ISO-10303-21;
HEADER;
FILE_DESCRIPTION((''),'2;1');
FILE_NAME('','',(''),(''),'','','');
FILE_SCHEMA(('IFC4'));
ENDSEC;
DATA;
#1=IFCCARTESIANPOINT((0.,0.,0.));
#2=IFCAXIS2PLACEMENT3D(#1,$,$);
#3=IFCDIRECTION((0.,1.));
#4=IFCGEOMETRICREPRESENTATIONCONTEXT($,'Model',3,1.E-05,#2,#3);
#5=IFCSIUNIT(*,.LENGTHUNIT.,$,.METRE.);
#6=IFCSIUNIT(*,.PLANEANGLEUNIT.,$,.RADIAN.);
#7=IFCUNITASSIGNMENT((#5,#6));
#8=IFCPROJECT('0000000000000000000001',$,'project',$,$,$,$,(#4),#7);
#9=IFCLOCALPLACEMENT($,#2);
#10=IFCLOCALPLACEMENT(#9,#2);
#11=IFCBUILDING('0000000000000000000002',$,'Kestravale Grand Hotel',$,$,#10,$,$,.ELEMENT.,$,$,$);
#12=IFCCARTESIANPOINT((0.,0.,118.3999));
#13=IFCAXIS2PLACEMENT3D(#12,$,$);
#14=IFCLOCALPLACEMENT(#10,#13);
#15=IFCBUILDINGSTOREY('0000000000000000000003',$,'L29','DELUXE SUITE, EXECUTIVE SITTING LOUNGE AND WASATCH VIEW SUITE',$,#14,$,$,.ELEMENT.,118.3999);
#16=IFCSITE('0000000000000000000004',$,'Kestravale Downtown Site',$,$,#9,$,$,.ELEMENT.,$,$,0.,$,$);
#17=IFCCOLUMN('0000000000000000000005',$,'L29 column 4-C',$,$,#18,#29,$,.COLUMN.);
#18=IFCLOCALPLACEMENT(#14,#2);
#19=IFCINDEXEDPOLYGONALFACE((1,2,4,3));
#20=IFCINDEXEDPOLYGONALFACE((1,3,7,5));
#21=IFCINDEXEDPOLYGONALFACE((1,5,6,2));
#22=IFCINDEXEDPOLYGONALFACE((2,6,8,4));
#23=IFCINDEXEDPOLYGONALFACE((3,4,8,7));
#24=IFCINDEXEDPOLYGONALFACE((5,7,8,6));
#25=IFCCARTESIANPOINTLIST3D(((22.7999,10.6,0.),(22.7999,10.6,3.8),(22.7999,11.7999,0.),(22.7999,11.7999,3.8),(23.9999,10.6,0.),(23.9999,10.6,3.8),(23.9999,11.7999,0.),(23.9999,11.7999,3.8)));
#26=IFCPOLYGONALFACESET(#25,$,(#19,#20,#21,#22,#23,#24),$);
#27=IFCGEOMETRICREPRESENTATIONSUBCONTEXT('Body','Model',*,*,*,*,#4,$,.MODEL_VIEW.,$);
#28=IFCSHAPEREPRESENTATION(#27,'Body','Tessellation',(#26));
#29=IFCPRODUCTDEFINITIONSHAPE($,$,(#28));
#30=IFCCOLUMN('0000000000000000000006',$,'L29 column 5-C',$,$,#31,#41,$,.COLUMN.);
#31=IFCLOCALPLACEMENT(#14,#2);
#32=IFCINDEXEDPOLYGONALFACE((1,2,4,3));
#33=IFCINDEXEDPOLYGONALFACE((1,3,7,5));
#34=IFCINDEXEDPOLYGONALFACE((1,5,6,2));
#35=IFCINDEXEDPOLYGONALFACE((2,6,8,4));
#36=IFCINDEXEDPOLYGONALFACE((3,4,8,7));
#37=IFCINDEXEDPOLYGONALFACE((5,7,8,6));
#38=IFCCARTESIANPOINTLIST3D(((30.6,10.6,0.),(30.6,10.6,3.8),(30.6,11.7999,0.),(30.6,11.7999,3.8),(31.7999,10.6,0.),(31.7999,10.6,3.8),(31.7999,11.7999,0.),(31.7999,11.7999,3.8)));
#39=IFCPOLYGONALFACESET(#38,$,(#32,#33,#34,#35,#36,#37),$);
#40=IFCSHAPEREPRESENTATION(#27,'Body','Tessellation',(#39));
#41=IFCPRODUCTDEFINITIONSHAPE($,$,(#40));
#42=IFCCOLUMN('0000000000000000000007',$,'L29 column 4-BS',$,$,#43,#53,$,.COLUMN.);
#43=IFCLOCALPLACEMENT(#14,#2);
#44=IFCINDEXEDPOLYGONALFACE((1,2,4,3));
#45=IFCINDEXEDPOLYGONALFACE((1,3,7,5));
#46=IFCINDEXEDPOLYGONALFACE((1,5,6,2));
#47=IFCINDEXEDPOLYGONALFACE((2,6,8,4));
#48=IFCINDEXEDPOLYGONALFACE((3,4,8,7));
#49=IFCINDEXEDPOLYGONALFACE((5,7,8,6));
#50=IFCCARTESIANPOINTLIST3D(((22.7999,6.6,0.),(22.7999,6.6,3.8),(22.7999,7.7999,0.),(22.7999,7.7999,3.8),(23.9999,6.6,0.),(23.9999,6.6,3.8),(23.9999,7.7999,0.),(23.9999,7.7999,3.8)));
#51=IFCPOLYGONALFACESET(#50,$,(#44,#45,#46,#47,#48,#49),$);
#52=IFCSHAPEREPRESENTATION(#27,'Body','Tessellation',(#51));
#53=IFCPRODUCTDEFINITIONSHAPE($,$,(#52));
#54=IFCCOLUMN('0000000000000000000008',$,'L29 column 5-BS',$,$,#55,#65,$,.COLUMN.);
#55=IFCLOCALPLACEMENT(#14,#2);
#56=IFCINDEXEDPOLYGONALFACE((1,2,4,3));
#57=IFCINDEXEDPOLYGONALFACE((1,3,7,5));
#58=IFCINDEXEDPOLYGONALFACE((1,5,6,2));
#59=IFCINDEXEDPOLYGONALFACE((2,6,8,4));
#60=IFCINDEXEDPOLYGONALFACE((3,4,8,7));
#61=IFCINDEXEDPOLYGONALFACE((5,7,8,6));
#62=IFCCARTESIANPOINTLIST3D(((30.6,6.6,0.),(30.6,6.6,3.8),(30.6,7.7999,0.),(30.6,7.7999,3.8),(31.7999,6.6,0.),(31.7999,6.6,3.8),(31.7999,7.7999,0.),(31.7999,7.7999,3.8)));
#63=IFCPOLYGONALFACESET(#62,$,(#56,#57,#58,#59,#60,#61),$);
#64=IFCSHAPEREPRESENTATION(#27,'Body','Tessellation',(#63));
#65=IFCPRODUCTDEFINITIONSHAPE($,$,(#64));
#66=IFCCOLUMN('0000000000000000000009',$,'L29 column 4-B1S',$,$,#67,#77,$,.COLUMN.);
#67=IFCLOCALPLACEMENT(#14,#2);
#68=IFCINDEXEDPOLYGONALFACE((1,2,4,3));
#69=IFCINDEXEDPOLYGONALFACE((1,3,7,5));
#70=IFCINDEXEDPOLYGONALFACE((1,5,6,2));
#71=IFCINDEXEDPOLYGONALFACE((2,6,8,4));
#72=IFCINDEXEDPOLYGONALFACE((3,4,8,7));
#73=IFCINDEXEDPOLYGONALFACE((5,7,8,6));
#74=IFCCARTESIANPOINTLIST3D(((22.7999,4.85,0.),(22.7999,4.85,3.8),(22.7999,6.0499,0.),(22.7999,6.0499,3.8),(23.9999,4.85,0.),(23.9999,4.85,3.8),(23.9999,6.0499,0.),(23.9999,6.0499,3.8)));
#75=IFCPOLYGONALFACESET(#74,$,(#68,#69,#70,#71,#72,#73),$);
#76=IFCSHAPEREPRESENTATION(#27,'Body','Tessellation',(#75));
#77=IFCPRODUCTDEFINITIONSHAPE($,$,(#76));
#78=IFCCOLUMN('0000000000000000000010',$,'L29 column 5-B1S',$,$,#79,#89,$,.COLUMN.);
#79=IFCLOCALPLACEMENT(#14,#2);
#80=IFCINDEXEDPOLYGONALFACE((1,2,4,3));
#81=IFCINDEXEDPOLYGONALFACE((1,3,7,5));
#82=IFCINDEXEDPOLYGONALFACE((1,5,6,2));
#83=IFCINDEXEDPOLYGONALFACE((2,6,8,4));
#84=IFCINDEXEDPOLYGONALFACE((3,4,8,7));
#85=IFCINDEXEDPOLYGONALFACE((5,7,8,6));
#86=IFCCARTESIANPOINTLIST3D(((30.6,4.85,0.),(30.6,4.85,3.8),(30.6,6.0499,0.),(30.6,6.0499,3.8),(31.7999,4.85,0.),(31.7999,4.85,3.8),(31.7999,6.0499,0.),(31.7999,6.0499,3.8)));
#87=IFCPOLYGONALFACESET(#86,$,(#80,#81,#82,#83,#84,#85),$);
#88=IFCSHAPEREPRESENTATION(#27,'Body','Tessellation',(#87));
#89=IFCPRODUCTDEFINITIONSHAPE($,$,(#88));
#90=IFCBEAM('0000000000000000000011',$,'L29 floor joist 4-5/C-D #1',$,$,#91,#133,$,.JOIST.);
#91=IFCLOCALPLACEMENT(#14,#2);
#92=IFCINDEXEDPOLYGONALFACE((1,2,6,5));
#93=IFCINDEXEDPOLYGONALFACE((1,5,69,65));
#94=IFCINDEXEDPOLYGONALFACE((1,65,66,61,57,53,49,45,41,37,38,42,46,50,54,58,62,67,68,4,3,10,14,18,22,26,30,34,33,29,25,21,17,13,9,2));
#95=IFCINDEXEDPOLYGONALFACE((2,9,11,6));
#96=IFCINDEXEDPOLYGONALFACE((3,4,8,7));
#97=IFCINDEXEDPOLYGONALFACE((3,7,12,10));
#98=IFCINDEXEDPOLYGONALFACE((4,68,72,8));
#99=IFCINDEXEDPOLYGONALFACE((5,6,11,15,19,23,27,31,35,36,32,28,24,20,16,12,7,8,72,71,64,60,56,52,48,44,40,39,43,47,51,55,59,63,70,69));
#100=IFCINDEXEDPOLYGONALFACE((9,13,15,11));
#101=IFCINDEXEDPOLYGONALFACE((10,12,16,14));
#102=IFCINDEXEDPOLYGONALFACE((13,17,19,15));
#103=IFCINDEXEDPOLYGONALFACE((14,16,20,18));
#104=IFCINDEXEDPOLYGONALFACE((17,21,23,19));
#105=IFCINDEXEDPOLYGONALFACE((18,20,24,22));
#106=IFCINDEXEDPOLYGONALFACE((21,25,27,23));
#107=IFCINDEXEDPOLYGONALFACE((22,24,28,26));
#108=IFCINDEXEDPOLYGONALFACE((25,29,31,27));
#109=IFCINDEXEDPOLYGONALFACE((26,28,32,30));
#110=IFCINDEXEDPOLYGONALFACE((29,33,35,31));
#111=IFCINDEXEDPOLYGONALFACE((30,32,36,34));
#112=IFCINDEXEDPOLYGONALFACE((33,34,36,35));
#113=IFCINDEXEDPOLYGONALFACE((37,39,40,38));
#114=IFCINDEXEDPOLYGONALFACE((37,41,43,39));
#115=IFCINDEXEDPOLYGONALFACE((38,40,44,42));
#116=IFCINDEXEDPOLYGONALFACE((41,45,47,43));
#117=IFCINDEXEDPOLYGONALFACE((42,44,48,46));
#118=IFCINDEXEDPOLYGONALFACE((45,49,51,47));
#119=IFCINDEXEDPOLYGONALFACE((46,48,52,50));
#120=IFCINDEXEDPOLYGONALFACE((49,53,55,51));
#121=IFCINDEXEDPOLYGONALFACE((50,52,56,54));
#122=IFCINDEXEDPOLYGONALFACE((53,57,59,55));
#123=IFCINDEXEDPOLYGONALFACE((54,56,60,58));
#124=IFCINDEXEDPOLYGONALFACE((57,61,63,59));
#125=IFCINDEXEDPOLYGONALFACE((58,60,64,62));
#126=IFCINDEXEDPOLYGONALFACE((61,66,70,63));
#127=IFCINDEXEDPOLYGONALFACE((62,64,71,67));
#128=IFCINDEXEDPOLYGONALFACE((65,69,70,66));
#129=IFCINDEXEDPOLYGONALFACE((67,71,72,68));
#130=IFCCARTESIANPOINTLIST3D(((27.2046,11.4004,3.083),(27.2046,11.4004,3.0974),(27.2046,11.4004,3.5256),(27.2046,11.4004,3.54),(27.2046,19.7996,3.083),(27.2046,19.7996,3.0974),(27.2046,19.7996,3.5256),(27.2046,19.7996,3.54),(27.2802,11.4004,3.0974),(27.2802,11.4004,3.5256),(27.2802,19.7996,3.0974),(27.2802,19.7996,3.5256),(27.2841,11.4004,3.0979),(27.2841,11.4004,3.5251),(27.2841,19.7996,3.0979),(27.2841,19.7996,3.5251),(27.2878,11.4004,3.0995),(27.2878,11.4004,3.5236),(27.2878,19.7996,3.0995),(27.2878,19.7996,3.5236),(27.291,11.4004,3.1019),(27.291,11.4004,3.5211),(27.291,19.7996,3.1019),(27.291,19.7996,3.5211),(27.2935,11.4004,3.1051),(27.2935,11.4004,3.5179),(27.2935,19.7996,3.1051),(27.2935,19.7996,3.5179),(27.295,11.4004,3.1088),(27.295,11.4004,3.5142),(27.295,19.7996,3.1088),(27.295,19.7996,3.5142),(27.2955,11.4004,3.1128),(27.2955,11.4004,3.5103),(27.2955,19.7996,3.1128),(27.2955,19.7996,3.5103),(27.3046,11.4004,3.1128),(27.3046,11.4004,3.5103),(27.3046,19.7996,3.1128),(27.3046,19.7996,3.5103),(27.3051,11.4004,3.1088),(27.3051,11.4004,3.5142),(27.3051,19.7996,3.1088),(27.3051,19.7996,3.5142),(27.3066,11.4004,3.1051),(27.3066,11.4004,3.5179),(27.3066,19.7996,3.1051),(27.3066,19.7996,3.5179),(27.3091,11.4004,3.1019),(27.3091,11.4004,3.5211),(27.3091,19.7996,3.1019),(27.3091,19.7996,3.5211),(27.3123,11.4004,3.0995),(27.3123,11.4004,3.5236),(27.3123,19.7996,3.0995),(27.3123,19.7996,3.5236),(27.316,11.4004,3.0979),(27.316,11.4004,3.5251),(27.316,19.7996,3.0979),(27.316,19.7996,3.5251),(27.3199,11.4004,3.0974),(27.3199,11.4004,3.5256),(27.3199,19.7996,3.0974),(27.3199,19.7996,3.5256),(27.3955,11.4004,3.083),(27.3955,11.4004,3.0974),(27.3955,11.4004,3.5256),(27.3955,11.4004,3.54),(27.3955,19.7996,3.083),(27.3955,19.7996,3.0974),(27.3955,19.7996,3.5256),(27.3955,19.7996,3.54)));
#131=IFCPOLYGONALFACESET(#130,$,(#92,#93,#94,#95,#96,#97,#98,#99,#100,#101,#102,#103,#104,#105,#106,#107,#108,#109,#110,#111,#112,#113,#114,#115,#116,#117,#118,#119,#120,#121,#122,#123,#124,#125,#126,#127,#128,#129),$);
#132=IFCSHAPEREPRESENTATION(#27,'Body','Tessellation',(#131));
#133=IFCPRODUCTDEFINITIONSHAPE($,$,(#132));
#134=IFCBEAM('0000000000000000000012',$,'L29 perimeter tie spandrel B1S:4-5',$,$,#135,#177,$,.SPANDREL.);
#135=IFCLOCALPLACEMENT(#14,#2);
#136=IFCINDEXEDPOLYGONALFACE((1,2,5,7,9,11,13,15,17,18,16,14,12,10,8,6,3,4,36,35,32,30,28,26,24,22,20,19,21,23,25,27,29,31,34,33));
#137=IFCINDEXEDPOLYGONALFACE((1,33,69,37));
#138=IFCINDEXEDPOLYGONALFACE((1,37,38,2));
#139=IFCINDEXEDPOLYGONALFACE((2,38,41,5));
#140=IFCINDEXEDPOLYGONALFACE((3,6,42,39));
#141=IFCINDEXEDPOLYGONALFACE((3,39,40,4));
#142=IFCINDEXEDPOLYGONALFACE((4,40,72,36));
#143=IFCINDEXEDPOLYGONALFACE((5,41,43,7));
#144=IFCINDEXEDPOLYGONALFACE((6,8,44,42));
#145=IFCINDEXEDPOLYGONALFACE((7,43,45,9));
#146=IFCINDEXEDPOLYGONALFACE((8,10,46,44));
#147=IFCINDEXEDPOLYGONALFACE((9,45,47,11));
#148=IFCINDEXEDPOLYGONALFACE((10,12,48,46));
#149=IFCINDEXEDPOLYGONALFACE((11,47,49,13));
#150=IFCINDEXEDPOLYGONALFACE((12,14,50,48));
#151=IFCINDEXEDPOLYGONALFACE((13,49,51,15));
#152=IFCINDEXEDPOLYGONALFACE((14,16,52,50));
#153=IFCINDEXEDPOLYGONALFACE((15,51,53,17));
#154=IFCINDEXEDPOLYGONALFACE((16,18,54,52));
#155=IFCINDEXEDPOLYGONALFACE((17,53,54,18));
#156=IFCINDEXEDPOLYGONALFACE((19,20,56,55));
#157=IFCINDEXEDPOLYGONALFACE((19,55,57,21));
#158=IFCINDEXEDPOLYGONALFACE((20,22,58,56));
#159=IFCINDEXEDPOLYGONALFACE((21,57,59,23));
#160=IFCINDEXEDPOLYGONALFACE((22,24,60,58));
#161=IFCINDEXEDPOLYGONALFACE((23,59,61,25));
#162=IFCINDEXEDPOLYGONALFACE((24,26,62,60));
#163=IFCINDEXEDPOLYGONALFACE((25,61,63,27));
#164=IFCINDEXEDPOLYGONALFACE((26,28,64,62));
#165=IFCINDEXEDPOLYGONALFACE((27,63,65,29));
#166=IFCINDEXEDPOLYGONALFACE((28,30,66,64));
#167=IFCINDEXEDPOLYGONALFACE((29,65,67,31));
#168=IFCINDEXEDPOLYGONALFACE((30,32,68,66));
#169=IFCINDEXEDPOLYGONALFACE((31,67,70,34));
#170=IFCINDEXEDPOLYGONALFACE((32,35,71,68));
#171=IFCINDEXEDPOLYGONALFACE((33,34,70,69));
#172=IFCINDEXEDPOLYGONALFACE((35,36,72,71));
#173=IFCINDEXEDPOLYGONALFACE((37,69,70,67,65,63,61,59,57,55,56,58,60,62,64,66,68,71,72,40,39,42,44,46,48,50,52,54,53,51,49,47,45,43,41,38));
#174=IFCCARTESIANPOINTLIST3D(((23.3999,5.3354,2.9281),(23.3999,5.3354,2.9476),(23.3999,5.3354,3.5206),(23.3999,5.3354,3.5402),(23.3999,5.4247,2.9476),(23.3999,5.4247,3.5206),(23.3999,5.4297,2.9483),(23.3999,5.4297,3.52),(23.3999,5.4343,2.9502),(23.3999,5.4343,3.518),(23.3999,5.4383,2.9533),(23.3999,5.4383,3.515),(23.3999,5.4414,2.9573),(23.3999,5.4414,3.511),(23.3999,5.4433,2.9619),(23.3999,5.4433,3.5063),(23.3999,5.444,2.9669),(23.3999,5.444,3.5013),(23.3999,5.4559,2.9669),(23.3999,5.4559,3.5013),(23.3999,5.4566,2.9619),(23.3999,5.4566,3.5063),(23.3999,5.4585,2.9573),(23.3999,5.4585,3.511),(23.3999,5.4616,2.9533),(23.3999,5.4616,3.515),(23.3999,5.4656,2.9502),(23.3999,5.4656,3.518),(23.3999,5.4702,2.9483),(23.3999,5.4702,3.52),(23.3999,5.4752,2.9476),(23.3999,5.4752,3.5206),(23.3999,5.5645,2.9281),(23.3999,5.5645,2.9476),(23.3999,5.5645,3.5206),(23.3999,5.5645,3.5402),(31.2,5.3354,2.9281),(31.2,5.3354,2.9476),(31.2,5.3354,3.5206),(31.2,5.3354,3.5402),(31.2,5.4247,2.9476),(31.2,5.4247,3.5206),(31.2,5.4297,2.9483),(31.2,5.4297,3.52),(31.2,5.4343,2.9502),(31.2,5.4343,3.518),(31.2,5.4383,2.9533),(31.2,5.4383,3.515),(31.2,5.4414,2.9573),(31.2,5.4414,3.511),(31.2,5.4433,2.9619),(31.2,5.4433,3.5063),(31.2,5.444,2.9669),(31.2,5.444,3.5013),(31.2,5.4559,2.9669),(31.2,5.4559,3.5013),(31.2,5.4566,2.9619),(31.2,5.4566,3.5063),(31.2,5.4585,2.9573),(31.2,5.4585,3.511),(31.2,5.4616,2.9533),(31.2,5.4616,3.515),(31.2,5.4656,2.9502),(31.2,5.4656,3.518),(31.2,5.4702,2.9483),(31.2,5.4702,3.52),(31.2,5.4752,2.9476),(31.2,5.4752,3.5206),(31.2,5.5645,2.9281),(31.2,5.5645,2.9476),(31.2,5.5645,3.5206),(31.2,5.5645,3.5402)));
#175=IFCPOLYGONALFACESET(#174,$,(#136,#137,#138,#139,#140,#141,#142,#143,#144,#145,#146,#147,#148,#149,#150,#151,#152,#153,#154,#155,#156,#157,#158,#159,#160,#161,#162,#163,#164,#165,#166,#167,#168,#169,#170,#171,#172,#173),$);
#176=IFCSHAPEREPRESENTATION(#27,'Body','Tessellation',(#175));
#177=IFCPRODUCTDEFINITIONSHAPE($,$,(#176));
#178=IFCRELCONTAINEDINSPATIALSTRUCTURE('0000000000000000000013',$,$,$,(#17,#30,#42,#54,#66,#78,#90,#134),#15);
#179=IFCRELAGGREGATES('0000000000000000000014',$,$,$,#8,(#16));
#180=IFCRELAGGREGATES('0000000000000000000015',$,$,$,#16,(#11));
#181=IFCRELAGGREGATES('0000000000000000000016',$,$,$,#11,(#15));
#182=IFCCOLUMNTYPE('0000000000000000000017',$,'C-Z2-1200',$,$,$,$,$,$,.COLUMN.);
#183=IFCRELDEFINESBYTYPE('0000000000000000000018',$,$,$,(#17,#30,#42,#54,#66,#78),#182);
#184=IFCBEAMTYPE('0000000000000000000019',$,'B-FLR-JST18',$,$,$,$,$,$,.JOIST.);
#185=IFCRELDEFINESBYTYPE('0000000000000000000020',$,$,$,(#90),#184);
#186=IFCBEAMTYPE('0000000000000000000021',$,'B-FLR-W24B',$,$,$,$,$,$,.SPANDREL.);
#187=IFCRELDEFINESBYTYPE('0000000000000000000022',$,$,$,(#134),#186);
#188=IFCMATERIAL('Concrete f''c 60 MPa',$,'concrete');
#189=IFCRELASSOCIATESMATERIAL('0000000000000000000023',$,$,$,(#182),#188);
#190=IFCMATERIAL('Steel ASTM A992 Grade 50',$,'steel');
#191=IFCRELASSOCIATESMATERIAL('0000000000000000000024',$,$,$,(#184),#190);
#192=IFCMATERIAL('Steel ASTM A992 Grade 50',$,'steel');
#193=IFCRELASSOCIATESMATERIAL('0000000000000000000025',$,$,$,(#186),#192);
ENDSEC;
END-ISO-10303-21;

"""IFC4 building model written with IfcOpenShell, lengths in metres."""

from ifc_helpers import new_model, si_unit, direction, frame, origin, origin_2d, place, context, subcontext, project, spatial, rectangle, i_section, extrude, material, material_profile, profile_set, type_object, element, save


model = new_model("IFC4")

# Units and contexts
model_context = context("Model", 3, precision=1e-05, world=origin(), true_north=direction((0.0, 1.0)))
body_context = subcontext(model_context, "Body", "Model", "MODEL_VIEW")
ifc_project = project(units=[si_unit("LENGTHUNIT", "METRE"), si_unit("PLANEANGLEUNIT", "RADIAN")], contexts=[model_context])

# Site, building, storey
site_placement = place(None, origin())
site = spatial("IfcSite", under=ifc_project, at=site_placement, Name="Kestravale Downtown Site", CompositionType="ELEMENT", RefElevation=0.0)
building_placement = place(site_placement, origin())
building = spatial("IfcBuilding", under=site, at=building_placement, Name="Kestravale Grand Hotel", CompositionType="ELEMENT")
storey_placement = place(building_placement, frame((0.0, 0.0, 118.3999)))
storey = spatial("IfcBuildingStorey", under=building, at=storey_placement, Name="L29", Description="DELUXE SUITE, EXECUTIVE SITTING LOUNGE AND WASATCH VIEW SUITE", CompositionType="ELEMENT", Elevation=118.3999)

# Columns
ifc_material_1 = material(Name="Concrete f'c 60 MPa", Category="concrete")
ifc_material_profile_1 = material_profile(ifc_material_1, rectangle(XDim=1.2, YDim=1.2, at=origin_2d()))
ifc_profile_set_1 = profile_set([ifc_material_profile_1], Name="Concrete f'c 60 MPa")
column_type = type_object("IfcColumnType", Name="C-Z2-1200", PredefinedType="COLUMN", material=ifc_profile_set_1)
for number, where, z_axis, x_axis, name in (
    (1, (23.3999, 11.2, 0.0), (0.0, 0.0, 1.0), (1.0, 0.0, 0.0), "L29 column 4-C"),
    (2, (31.2, 11.2, 0.0), (0.0, 0.0, 1.0), (1.0, 0.0, 0.0), "L29 column 5-C"),
    (3, (23.3999, 7.2, 0.0), (0.0, 0.0, 1.0), (1.0, 0.0, 0.0), "L29 column 4-BS"),
    (4, (31.2, 7.2, 0.0), (0.0, 0.0, 1.0), (1.0, 0.0, 0.0), "L29 column 5-BS"),
    (5, (23.3999, 5.45, 0.0), (0.0, 0.0, 1.0), (1.0, 0.0, 0.0), "L29 column 4-B1S"),
    (6, (31.2, 5.45, 0.0), (0.0, 0.0, 1.0), (1.0, 0.0, 0.0), "L29 column 5-B1S"),
):
    element("IfcColumn", number, at=place(storey_placement, frame(where, z_axis=z_axis, x_axis=x_axis)), inside=storey, type_object=column_type, Name=name, PredefinedType="COLUMN", context=body_context, shape_type="SweptSolid", body=[
        extrude(rectangle(XDim=1.2, YDim=1.2, at=origin_2d()), origin(), (0.0, 0.0, 1.0), 3.8),
    ])

# Beams
ifc_material_2 = material(Name="Steel ASTM A992 Grade 50", Category="steel")
ifc_material_profile_2 = material_profile(ifc_material_2, i_section(OverallWidth=0.1909, OverallDepth=0.457, WebThickness=0.009, FlangeThickness=0.0144, FilletRadius=0.0154, at=origin_2d()))
ifc_profile_set_2 = profile_set([ifc_material_profile_2], Name="Steel ASTM A992 Grade 50")
beam_type_1 = type_object("IfcBeamType", Name="B-FLR-JST18", PredefinedType="JOIST", material=ifc_profile_set_2)
beam_1_placement = place(storey_placement, frame((27.3, 11.4004, 3.3115), z_axis=(0.0, 1.0, 0.0), x_axis=(-1.0, 0.0, 0.0)))
element("IfcBeam", 7, at=beam_1_placement, inside=storey, type_object=beam_type_1, Name="L29 floor joist 4-5/C-D #1", PredefinedType="JOIST", context=body_context, shape_type="SweptSolid", body=[
    extrude(i_section(OverallWidth=0.1909, OverallDepth=0.457, WebThickness=0.009, FlangeThickness=0.0144, FilletRadius=0.0154, at=origin_2d()), origin(), (0.0, 0.0, 1.0), 8.3992),
])
ifc_material_3 = material(Name="Steel ASTM A992 Grade 50", Category="steel")
ifc_material_profile_3 = material_profile(ifc_material_3, i_section(OverallWidth=0.229, OverallDepth=0.6121, WebThickness=0.012, FlangeThickness=0.0195, FilletRadius=0.0193, at=origin_2d()))
ifc_profile_set_3 = profile_set([ifc_material_profile_3], Name="Steel ASTM A992 Grade 50")
beam_type_2 = type_object("IfcBeamType", Name="B-FLR-W24B", PredefinedType="SPANDREL", material=ifc_profile_set_3)
for number, where, z_axis, x_axis, name in (
    (8, (23.3999, 5.45, 3.2341), (1.0, 0.0, 0.0), (0.0, 1.0, 0.0), "L29 perimeter tie spandrel B1S:4-5"),
):
    element("IfcBeam", number, at=place(storey_placement, frame(where, z_axis=z_axis, x_axis=x_axis)), inside=storey, type_object=beam_type_2, Name=name, PredefinedType="SPANDREL", context=body_context, shape_type="SweptSolid", body=[
        extrude(i_section(OverallWidth=0.229, OverallDepth=0.6121, WebThickness=0.012, FlangeThickness=0.0195, FilletRadius=0.0193, at=origin_2d()), origin(), (0.0, 0.0, 1.0), 7.8),
    ])

save(model, "model.ifc")
